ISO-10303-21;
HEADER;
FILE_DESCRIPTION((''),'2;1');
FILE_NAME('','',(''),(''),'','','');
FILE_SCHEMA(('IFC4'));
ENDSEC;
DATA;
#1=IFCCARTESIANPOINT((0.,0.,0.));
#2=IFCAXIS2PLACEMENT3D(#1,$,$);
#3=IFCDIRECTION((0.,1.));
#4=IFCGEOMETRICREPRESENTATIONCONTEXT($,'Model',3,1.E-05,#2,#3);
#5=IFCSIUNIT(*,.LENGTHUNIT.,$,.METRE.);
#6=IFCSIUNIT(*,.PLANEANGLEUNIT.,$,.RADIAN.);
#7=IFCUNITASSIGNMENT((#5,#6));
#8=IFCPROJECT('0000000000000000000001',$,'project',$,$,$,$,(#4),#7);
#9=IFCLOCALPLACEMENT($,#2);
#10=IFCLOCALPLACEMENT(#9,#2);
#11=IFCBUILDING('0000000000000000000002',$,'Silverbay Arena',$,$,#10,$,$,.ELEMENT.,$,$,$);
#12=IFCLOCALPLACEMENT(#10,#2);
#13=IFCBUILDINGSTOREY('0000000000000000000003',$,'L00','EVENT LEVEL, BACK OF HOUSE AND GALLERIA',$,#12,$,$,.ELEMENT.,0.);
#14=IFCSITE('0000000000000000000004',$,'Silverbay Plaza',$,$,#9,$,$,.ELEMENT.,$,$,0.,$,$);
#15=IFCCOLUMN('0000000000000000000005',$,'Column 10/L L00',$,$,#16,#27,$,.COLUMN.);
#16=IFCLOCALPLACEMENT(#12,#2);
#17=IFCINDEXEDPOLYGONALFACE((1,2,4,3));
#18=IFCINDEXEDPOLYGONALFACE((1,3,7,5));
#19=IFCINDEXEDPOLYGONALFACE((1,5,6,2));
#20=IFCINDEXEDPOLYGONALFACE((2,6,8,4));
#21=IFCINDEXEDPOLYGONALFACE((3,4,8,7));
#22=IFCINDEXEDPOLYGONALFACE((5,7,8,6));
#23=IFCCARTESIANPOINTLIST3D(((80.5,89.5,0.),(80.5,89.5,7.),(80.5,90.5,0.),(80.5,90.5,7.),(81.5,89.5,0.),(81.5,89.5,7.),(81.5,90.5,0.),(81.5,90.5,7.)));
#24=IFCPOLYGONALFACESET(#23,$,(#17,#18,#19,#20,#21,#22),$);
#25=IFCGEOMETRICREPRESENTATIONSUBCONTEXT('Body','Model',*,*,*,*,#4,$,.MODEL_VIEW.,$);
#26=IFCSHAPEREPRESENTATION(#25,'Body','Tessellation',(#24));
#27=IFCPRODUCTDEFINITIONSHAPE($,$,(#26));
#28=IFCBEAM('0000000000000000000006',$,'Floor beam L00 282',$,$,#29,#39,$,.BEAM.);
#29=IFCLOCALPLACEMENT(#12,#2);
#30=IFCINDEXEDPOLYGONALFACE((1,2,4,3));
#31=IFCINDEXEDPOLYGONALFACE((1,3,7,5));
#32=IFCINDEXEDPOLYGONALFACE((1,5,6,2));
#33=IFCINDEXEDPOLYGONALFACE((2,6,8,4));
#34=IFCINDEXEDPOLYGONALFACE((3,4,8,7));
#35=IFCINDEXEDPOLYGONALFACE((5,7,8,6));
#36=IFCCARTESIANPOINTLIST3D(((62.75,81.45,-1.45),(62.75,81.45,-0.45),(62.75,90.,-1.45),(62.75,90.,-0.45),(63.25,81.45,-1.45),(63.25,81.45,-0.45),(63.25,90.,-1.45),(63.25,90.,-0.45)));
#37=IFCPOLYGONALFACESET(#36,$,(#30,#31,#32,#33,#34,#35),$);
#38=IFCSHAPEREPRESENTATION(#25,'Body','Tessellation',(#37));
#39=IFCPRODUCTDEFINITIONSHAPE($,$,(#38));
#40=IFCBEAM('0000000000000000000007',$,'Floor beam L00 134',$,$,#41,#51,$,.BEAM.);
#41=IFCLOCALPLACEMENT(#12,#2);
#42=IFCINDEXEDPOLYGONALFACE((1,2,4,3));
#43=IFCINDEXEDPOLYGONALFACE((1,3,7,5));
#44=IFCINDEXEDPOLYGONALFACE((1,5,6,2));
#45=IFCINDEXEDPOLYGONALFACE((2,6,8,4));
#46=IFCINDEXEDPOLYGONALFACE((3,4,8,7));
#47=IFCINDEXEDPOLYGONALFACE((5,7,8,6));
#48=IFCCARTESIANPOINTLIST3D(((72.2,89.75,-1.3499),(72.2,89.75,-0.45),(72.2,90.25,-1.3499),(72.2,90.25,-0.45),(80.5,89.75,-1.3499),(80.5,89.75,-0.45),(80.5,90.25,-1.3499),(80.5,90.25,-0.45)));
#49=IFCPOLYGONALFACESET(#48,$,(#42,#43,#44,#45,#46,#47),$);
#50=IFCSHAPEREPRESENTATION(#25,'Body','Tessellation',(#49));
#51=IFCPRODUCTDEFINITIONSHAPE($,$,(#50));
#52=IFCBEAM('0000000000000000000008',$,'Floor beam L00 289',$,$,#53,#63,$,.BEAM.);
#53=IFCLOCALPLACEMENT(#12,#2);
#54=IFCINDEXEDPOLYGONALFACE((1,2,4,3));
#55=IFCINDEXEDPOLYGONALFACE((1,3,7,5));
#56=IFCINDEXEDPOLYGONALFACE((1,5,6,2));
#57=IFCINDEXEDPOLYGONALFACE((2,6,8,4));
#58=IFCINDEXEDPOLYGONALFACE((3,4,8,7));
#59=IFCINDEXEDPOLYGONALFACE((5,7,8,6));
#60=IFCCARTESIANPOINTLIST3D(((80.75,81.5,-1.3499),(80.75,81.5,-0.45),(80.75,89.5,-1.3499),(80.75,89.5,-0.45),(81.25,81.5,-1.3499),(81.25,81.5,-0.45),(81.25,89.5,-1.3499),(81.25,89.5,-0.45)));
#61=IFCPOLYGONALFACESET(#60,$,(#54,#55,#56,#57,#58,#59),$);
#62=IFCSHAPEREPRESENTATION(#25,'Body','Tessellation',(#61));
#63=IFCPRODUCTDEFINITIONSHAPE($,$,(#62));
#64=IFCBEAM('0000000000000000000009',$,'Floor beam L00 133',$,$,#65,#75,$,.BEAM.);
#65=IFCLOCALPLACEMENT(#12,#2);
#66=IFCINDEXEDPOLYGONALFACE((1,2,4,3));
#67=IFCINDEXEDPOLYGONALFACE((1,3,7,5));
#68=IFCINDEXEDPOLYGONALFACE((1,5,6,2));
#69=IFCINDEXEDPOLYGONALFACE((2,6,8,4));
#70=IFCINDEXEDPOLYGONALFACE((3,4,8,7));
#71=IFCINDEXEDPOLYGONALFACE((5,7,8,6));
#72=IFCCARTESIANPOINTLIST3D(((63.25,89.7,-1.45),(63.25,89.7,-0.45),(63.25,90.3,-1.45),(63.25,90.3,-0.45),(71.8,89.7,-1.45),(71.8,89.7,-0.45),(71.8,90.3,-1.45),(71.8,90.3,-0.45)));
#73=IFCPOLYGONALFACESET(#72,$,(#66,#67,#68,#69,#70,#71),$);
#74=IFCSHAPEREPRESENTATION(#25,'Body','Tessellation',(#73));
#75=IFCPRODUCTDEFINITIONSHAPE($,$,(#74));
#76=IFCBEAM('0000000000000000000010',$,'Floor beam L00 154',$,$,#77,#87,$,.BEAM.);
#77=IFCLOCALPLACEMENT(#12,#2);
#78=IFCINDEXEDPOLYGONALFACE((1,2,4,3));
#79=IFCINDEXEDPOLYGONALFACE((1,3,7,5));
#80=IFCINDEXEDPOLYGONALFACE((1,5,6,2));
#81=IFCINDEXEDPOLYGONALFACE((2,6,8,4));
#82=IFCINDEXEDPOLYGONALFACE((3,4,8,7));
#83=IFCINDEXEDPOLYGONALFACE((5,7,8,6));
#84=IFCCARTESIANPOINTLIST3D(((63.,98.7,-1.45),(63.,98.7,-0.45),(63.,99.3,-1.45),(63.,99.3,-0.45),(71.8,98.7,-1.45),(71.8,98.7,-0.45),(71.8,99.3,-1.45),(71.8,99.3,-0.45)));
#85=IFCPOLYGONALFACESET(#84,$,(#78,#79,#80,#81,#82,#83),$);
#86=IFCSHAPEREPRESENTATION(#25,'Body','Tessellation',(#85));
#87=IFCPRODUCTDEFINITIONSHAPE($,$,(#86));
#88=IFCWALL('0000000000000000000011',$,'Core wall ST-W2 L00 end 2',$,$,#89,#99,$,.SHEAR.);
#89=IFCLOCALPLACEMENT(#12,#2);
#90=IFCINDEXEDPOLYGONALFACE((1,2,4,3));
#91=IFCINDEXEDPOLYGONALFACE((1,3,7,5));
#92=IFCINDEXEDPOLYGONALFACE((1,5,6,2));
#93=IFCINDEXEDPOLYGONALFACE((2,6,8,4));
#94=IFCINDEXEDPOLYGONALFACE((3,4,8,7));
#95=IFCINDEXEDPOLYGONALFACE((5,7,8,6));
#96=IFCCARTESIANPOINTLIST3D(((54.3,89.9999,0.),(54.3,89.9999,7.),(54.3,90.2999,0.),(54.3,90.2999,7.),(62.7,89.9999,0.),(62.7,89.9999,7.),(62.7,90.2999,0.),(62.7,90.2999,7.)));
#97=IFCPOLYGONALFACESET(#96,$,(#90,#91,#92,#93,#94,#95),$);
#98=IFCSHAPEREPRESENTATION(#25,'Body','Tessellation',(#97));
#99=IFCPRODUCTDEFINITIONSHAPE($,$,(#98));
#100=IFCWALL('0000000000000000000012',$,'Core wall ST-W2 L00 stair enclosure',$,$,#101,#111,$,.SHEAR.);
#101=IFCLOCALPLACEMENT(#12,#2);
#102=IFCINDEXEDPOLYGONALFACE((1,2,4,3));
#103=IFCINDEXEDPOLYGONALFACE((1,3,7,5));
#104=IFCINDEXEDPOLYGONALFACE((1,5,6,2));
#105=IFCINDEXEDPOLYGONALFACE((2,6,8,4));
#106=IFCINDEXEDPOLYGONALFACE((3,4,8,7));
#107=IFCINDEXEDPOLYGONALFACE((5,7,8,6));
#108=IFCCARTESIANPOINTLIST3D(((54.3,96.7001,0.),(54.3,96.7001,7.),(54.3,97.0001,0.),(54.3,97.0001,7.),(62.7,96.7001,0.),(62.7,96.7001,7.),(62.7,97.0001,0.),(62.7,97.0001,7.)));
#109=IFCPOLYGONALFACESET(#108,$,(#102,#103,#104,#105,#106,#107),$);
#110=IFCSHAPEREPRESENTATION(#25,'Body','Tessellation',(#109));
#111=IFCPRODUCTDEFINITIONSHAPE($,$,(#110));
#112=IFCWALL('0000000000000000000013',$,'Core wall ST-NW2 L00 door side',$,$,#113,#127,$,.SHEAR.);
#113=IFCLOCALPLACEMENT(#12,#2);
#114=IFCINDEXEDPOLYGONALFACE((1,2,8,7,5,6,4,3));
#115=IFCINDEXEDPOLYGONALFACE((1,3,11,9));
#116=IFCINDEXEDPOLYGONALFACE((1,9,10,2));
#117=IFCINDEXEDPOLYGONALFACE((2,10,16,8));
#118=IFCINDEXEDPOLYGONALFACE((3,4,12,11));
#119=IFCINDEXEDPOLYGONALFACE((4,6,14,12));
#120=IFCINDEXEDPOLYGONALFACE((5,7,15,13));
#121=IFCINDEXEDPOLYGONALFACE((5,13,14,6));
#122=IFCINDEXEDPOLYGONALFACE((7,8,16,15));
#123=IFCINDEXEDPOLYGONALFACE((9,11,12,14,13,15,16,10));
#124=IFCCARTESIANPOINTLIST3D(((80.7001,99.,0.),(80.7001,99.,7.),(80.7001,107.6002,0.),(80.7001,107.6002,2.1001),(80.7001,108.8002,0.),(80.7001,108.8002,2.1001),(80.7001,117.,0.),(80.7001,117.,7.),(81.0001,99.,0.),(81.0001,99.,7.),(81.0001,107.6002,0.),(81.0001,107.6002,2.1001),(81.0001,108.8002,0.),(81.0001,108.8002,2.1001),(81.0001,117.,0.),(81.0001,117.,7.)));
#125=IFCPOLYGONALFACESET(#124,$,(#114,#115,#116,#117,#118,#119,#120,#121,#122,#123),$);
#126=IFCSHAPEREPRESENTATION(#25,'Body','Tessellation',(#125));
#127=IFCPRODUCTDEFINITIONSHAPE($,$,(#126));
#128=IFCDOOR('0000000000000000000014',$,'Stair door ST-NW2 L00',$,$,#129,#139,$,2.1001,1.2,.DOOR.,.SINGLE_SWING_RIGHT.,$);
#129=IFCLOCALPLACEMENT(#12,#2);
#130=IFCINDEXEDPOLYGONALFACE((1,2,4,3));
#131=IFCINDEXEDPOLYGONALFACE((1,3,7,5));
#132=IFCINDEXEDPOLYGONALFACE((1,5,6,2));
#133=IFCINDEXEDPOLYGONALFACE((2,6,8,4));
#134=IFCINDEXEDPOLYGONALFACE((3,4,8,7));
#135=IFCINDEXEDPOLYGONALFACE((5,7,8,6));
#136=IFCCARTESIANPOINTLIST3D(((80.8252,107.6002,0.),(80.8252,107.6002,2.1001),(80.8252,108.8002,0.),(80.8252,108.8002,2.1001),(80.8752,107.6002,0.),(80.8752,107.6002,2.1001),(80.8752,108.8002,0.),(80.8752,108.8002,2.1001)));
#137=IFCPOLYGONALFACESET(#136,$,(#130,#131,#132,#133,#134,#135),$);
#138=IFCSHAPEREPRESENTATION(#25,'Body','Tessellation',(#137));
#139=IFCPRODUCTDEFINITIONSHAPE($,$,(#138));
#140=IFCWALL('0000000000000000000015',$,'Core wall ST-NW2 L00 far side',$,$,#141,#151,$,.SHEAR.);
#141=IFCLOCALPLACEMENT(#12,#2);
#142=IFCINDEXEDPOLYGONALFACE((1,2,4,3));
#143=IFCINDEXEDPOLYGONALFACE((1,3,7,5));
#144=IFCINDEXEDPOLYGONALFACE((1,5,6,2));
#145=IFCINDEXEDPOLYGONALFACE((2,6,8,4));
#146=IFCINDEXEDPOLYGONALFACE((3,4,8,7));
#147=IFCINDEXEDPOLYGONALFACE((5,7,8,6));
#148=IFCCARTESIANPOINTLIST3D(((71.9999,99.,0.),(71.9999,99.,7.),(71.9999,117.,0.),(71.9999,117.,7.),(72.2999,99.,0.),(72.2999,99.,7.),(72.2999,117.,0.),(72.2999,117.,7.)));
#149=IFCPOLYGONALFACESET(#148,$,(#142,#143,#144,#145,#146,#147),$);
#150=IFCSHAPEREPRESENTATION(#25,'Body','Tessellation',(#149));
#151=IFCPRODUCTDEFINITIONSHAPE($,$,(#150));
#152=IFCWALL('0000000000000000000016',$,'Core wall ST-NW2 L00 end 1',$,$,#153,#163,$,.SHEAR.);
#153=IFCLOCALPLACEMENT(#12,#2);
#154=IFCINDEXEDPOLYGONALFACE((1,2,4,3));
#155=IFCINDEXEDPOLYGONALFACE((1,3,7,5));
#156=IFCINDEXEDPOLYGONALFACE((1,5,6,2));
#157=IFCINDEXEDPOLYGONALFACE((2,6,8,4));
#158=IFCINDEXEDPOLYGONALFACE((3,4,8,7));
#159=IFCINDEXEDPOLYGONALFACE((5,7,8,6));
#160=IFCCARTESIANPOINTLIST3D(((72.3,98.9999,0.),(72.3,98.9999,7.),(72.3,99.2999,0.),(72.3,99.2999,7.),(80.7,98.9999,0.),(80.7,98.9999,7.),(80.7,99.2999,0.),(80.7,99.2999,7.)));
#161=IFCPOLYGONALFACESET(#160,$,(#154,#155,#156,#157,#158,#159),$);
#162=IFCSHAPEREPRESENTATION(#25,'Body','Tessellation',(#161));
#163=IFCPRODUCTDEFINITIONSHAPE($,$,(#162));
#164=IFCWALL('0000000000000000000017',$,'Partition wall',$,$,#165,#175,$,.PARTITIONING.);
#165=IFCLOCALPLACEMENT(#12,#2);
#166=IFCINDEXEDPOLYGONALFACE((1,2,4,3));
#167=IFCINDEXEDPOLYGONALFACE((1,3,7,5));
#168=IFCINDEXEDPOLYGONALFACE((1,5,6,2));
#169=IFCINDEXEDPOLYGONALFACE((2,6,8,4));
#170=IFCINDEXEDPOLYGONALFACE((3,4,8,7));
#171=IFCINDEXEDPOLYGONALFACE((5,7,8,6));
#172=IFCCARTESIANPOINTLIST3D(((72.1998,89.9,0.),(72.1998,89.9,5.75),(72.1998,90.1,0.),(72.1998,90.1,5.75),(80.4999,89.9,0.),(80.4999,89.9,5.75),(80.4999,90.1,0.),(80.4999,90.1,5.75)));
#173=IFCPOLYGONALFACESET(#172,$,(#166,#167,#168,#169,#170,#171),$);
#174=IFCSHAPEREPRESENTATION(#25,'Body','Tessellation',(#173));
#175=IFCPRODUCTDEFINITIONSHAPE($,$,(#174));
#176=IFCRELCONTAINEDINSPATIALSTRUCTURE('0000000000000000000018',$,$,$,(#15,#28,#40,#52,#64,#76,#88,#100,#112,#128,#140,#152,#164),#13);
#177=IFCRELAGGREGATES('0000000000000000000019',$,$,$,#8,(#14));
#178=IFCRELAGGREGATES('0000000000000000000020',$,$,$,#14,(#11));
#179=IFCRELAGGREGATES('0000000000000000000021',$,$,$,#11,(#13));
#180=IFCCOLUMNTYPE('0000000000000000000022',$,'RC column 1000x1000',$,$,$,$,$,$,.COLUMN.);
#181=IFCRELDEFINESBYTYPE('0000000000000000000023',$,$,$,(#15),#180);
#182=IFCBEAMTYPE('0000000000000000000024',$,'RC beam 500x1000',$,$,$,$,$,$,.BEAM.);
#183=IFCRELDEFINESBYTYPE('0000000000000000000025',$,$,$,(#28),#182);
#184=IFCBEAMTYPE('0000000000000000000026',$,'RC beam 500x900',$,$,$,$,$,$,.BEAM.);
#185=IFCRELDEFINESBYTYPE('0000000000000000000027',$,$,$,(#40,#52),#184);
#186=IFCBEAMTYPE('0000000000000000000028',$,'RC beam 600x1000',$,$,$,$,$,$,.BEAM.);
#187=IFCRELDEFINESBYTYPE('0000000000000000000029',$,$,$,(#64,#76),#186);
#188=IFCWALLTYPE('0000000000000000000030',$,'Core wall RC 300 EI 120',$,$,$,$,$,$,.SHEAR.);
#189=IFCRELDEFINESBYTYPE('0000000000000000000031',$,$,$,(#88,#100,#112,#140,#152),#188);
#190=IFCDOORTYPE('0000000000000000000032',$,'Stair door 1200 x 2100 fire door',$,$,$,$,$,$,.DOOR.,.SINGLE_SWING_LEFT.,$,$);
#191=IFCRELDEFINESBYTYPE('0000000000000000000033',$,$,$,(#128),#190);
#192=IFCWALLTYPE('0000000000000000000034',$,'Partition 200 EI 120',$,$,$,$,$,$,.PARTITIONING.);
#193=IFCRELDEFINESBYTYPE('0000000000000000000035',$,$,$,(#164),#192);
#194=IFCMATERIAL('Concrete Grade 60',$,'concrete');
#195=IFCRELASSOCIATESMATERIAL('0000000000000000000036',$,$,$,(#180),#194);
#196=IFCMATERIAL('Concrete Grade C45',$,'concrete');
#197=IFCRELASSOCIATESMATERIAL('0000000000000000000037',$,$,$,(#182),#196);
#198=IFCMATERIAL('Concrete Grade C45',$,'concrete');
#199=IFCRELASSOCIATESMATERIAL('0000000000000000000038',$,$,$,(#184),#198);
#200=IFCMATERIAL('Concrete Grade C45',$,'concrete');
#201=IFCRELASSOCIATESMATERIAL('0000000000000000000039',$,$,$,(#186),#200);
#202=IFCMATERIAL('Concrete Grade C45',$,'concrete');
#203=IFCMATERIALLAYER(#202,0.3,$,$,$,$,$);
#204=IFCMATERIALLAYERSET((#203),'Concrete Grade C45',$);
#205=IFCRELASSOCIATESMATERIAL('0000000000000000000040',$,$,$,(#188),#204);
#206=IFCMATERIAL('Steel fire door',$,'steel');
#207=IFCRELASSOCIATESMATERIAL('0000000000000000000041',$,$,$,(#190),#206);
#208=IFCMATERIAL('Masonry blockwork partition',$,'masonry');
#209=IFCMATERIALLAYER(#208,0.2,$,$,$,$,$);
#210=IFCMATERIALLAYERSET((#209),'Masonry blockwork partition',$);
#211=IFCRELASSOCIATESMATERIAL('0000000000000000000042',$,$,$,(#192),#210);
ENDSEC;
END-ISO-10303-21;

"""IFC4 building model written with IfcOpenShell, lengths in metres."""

from ifc_helpers import new_model, si_unit, direction, frame, frame_2d, origin, origin_2d, place, context, subcontext, project, spatial, rectangle, extrude, material, layer, layer_set, material_profile, profile_set, type_object, element, fill, save


model = new_model("IFC4")

# Units and contexts
model_context = context("Model", 3, precision=1e-05, world=origin(), true_north=direction((0.0, 1.0)))
body_context = subcontext(model_context, "Body", "Model", "MODEL_VIEW")
ifc_project = project(units=[si_unit("LENGTHUNIT", "METRE"), si_unit("PLANEANGLEUNIT", "RADIAN")], contexts=[model_context])

# Site, building, storey
site_placement = place(None, origin())
site = spatial("IfcSite", under=ifc_project, at=site_placement, Name="Silverbay Plaza", CompositionType="ELEMENT", RefElevation=0.0)
building_placement = place(site_placement, origin())
building = spatial("IfcBuilding", under=site, at=building_placement, Name="Silverbay Arena", CompositionType="ELEMENT")
storey_placement = place(building_placement, origin())
storey = spatial("IfcBuildingStorey", under=building, at=storey_placement, Name="L00", Description="EVENT LEVEL, BACK OF HOUSE AND GALLERIA", CompositionType="ELEMENT", Elevation=0.0)

# Column
ifc_material_1 = material(Name="Concrete Grade 60", Category="concrete")
ifc_material_profile_1 = material_profile(ifc_material_1, rectangle(XDim=1.0, YDim=1.0, at=origin_2d()), Name="RC 1000x1000")
ifc_profile_set_1 = profile_set([ifc_material_profile_1], Name="Concrete Grade 60")
column_type = type_object("IfcColumnType", Name="RC column 1000x1000", PredefinedType="COLUMN", material=ifc_profile_set_1)
column_placement = place(storey_placement, frame((81.0, 90.0, 0.0), z_axis=(0.0, 0.0, 1.0), x_axis=(1.0, 0.0, 0.0)))
element("IfcColumn", 1, at=column_placement, inside=storey, type_object=column_type, Name="Column 10/L L00", PredefinedType="COLUMN", context=body_context, shape_type="SweptSolid", body=[
    extrude(rectangle(XDim=1.0, YDim=1.0, at=origin_2d()), origin(), (0.0, 0.0, 1.0), 7.0),
])

# Beams
ifc_material_2 = material(Name="Concrete Grade C45", Category="concrete")
ifc_material_profile_2 = material_profile(ifc_material_2, rectangle(XDim=0.5, YDim=1.0, at=origin_2d()), Name="RC 500x1000")
ifc_profile_set_2 = profile_set([ifc_material_profile_2], Name="Concrete Grade C45")
beam_type_1 = type_object("IfcBeamType", Name="RC beam 500x1000", PredefinedType="BEAM", material=ifc_profile_set_2)
beam_1_placement = place(storey_placement, frame((63.0, 81.45, -0.95), z_axis=(0.0, 1.0, 0.0), x_axis=(-1.0, 0.0, 0.0)))
element("IfcBeam", 2, at=beam_1_placement, inside=storey, type_object=beam_type_1, Name="Floor beam L00 282", PredefinedType="BEAM", context=body_context, shape_type="SweptSolid", body=[
    extrude(rectangle(XDim=0.5, YDim=1.0, at=origin_2d()), origin(), (0.0, 0.0, 1.0), 8.55),
])
ifc_material_3 = material(Name="Concrete Grade C45", Category="concrete")
ifc_material_profile_3 = material_profile(ifc_material_3, rectangle(XDim=0.5, YDim=0.8999, at=origin_2d()), Name="RC 500x900")
ifc_profile_set_3 = profile_set([ifc_material_profile_3], Name="Concrete Grade C45")
beam_type_2 = type_object("IfcBeamType", Name="RC beam 500x900", PredefinedType="BEAM", material=ifc_profile_set_3)
beam_2_placement = place(storey_placement, frame((72.2, 90.0, -0.8999), z_axis=(1.0, 0.0, 0.0), x_axis=(0.0, 1.0, 0.0)))
element("IfcBeam", 3, at=beam_2_placement, inside=storey, type_object=beam_type_2, Name="Floor beam L00 134", PredefinedType="BEAM", context=body_context, shape_type="SweptSolid", body=[
    extrude(rectangle(XDim=0.5, YDim=0.8999, at=origin_2d()), origin(), (0.0, 0.0, 1.0), 8.3),
])
beam_3_placement = place(storey_placement, frame((81.0, 81.5, -0.8999), z_axis=(0.0, 1.0, 0.0), x_axis=(-1.0, 0.0, 0.0)))
element("IfcBeam", 4, at=beam_3_placement, inside=storey, type_object=beam_type_2, Name="Floor beam L00 289", PredefinedType="BEAM", context=body_context, shape_type="SweptSolid", body=[
    extrude(rectangle(XDim=0.5, YDim=0.8999, at=origin_2d()), origin(), (0.0, 0.0, 1.0), 8.0),
])
ifc_material_4 = material(Name="Concrete Grade C45", Category="concrete")
ifc_material_profile_4 = material_profile(ifc_material_4, rectangle(XDim=0.6001, YDim=1.0, at=origin_2d()), Name="RC 600x1000")
ifc_profile_set_4 = profile_set([ifc_material_profile_4], Name="Concrete Grade C45")
beam_type_3 = type_object("IfcBeamType", Name="RC beam 600x1000", PredefinedType="BEAM", material=ifc_profile_set_4)
beam_4_placement = place(storey_placement, frame((63.25, 90.0, -0.95), z_axis=(1.0, 0.0, 0.0), x_axis=(0.0, 1.0, 0.0)))
element("IfcBeam", 5, at=beam_4_placement, inside=storey, type_object=beam_type_3, Name="Floor beam L00 133", PredefinedType="BEAM", context=body_context, shape_type="SweptSolid", body=[
    extrude(rectangle(XDim=0.6001, YDim=1.0, at=origin_2d()), origin(), (0.0, 0.0, 1.0), 8.55),
])
beam_5_placement = place(storey_placement, frame((63.0, 99.0, -0.95), z_axis=(1.0, 0.0, 0.0), x_axis=(0.0, 1.0, 0.0)))
element("IfcBeam", 6, at=beam_5_placement, inside=storey, type_object=beam_type_3, Name="Floor beam L00 154", PredefinedType="BEAM", context=body_context, shape_type="SweptSolid", body=[
    extrude(rectangle(XDim=0.6001, YDim=1.0, at=origin_2d()), origin(), (0.0, 0.0, 1.0), 8.8),
])

# Walls
ifc_material_5 = material(Name="Concrete Grade C45", Category="concrete")
ifc_layer_1 = layer(ifc_material_5, 0.3)
ifc_layer_set_1 = layer_set([ifc_layer_1], Name="Concrete Grade C45")
wall_type_1 = type_object("IfcWallType", Name="Core wall RC 300 EI 120", PredefinedType="SHEAR", material=ifc_layer_set_1)
for number, where, z_axis, x_axis, name in (
    (7, (62.7, 90.1499, 0.0), (0.0, 0.0, 1.0), (-1.0, 0.0, 0.0), "Core wall ST-W2 L00 end 2"),
    (8, (62.7, 96.8501, 0.0), (0.0, 0.0, 1.0), (-1.0, 0.0, 0.0), "Core wall ST-W2 L00 stair enclosure"),
):
    element("IfcWall", number, at=place(storey_placement, frame(where, z_axis=z_axis, x_axis=x_axis)), inside=storey, type_object=wall_type_1, Name=name, PredefinedType="SHEAR", context=body_context, shape_type="SweptSolid", body=[
        extrude(rectangle(XDim=8.3999, YDim=0.3, at=frame_2d((4.2, 0.0))), origin(), (0.0, 0.0, 1.0), 7.0),
    ])

# Wall, opening, door
wall_1_placement = place(storey_placement, frame((80.8501, 99.0, 0.0), z_axis=(0.0, 0.0, 1.0), x_axis=(0.0, 1.0, 0.0)))
wall_1 = element("IfcWall", 9, at=wall_1_placement, inside=storey, type_object=wall_type_1, Name="Core wall ST-NW2 L00 door side", PredefinedType="SHEAR", context=body_context, shape_type="SweptSolid", body=[
    extrude(rectangle(XDim=18.0, YDim=0.3, at=frame_2d((9.0, 0.0))), origin(), (0.0, 0.0, 1.0), 7.0),
])
opening_1_placement = place(wall_1_placement, frame((8.6001, 0.0, 0.0)))
opening_1 = element("IfcOpeningElement", 10, at=opening_1_placement, cuts=wall_1, PredefinedType="OPENING", context=body_context, shape_type="SweptSolid", body=[
    extrude(rectangle(XDim=1.2, YDim=2.1001, at=frame_2d((0.6001, 1.05))), frame((0.0, 0.1602, 0.0), z_axis=(0.0, -1.0, 0.0), x_axis=(1.0, 0.0, 0.0)), (0.0, 0.0, 1.0), 0.3201),
])
ifc_material_6 = material(Name="Steel fire door", Category="steel")
door_type_1 = type_object("IfcDoorType", Name="Stair door 1200 x 2100 fire door", OperationType="SINGLE_SWING_LEFT", PredefinedType="DOOR", material=ifc_material_6)
door_1_placement = place(opening_1_placement, origin())
door_1 = element("IfcDoor", 11, at=door_1_placement, inside=storey, type_object=door_type_1, Name="Stair door ST-NW2 L00", OperationType="SINGLE_SWING_RIGHT", OverallHeight=2.1001, OverallWidth=1.2, PredefinedType="DOOR", context=body_context, shape_type="SweptSolid", body=[
    extrude(rectangle(XDim=1.2, YDim=2.1001, at=frame_2d((0.6001, 1.05))), frame((0.0, 0.0249, 0.0), z_axis=(0.0, -1.0, 0.0), x_axis=(1.0, 0.0, 0.0)), (0.0, 0.0, 1.0), 0.05),
])
fill(opening_1, door_1)

# Walls
wall_2_placement = place(storey_placement, frame((72.1499, 99.0, 0.0), z_axis=(0.0, 0.0, 1.0), x_axis=(0.0, 1.0, 0.0)))
element("IfcWall", 12, at=wall_2_placement, inside=storey, type_object=wall_type_1, Name="Core wall ST-NW2 L00 far side", PredefinedType="SHEAR", context=body_context, shape_type="SweptSolid", body=[
    extrude(rectangle(XDim=18.0, YDim=0.3, at=frame_2d((9.0, 0.0))), origin(), (0.0, 0.0, 1.0), 7.0),
])
wall_3_placement = place(storey_placement, frame((80.7, 99.1499, 0.0), z_axis=(0.0, 0.0, 1.0), x_axis=(-1.0, 0.0, 0.0)))
element("IfcWall", 13, at=wall_3_placement, inside=storey, type_object=wall_type_1, Name="Core wall ST-NW2 L00 end 1", PredefinedType="SHEAR", context=body_context, shape_type="SweptSolid", body=[
    extrude(rectangle(XDim=8.3999, YDim=0.3, at=frame_2d((4.2, 0.0))), origin(), (0.0, 0.0, 1.0), 7.0),
])
ifc_material_7 = material(Name="Masonry blockwork partition", Category="masonry")
ifc_layer_2 = layer(ifc_material_7, 0.2)
ifc_layer_set_2 = layer_set([ifc_layer_2], Name="Masonry blockwork partition")
wall_type_2 = type_object("IfcWallType", Name="Partition 200 EI 120", PredefinedType="PARTITIONING", material=ifc_layer_set_2)
wall_4_placement = place(storey_placement, frame((72.2, 90.0, 0.0), z_axis=(0.0, 0.0, 1.0), x_axis=(1.0, 0.0, 0.0)))
element("IfcWall", 14, at=wall_4_placement, inside=storey, type_object=wall_type_2, Name="Partition wall", PredefinedType="PARTITIONING", context=body_context, shape_type="SweptSolid", body=[
    extrude(rectangle(XDim=8.3, YDim=0.2, at=frame_2d((4.1499, 0.0))), origin(), (0.0, 0.0, 1.0), 5.75),
])

save(model, "model.ifc")
